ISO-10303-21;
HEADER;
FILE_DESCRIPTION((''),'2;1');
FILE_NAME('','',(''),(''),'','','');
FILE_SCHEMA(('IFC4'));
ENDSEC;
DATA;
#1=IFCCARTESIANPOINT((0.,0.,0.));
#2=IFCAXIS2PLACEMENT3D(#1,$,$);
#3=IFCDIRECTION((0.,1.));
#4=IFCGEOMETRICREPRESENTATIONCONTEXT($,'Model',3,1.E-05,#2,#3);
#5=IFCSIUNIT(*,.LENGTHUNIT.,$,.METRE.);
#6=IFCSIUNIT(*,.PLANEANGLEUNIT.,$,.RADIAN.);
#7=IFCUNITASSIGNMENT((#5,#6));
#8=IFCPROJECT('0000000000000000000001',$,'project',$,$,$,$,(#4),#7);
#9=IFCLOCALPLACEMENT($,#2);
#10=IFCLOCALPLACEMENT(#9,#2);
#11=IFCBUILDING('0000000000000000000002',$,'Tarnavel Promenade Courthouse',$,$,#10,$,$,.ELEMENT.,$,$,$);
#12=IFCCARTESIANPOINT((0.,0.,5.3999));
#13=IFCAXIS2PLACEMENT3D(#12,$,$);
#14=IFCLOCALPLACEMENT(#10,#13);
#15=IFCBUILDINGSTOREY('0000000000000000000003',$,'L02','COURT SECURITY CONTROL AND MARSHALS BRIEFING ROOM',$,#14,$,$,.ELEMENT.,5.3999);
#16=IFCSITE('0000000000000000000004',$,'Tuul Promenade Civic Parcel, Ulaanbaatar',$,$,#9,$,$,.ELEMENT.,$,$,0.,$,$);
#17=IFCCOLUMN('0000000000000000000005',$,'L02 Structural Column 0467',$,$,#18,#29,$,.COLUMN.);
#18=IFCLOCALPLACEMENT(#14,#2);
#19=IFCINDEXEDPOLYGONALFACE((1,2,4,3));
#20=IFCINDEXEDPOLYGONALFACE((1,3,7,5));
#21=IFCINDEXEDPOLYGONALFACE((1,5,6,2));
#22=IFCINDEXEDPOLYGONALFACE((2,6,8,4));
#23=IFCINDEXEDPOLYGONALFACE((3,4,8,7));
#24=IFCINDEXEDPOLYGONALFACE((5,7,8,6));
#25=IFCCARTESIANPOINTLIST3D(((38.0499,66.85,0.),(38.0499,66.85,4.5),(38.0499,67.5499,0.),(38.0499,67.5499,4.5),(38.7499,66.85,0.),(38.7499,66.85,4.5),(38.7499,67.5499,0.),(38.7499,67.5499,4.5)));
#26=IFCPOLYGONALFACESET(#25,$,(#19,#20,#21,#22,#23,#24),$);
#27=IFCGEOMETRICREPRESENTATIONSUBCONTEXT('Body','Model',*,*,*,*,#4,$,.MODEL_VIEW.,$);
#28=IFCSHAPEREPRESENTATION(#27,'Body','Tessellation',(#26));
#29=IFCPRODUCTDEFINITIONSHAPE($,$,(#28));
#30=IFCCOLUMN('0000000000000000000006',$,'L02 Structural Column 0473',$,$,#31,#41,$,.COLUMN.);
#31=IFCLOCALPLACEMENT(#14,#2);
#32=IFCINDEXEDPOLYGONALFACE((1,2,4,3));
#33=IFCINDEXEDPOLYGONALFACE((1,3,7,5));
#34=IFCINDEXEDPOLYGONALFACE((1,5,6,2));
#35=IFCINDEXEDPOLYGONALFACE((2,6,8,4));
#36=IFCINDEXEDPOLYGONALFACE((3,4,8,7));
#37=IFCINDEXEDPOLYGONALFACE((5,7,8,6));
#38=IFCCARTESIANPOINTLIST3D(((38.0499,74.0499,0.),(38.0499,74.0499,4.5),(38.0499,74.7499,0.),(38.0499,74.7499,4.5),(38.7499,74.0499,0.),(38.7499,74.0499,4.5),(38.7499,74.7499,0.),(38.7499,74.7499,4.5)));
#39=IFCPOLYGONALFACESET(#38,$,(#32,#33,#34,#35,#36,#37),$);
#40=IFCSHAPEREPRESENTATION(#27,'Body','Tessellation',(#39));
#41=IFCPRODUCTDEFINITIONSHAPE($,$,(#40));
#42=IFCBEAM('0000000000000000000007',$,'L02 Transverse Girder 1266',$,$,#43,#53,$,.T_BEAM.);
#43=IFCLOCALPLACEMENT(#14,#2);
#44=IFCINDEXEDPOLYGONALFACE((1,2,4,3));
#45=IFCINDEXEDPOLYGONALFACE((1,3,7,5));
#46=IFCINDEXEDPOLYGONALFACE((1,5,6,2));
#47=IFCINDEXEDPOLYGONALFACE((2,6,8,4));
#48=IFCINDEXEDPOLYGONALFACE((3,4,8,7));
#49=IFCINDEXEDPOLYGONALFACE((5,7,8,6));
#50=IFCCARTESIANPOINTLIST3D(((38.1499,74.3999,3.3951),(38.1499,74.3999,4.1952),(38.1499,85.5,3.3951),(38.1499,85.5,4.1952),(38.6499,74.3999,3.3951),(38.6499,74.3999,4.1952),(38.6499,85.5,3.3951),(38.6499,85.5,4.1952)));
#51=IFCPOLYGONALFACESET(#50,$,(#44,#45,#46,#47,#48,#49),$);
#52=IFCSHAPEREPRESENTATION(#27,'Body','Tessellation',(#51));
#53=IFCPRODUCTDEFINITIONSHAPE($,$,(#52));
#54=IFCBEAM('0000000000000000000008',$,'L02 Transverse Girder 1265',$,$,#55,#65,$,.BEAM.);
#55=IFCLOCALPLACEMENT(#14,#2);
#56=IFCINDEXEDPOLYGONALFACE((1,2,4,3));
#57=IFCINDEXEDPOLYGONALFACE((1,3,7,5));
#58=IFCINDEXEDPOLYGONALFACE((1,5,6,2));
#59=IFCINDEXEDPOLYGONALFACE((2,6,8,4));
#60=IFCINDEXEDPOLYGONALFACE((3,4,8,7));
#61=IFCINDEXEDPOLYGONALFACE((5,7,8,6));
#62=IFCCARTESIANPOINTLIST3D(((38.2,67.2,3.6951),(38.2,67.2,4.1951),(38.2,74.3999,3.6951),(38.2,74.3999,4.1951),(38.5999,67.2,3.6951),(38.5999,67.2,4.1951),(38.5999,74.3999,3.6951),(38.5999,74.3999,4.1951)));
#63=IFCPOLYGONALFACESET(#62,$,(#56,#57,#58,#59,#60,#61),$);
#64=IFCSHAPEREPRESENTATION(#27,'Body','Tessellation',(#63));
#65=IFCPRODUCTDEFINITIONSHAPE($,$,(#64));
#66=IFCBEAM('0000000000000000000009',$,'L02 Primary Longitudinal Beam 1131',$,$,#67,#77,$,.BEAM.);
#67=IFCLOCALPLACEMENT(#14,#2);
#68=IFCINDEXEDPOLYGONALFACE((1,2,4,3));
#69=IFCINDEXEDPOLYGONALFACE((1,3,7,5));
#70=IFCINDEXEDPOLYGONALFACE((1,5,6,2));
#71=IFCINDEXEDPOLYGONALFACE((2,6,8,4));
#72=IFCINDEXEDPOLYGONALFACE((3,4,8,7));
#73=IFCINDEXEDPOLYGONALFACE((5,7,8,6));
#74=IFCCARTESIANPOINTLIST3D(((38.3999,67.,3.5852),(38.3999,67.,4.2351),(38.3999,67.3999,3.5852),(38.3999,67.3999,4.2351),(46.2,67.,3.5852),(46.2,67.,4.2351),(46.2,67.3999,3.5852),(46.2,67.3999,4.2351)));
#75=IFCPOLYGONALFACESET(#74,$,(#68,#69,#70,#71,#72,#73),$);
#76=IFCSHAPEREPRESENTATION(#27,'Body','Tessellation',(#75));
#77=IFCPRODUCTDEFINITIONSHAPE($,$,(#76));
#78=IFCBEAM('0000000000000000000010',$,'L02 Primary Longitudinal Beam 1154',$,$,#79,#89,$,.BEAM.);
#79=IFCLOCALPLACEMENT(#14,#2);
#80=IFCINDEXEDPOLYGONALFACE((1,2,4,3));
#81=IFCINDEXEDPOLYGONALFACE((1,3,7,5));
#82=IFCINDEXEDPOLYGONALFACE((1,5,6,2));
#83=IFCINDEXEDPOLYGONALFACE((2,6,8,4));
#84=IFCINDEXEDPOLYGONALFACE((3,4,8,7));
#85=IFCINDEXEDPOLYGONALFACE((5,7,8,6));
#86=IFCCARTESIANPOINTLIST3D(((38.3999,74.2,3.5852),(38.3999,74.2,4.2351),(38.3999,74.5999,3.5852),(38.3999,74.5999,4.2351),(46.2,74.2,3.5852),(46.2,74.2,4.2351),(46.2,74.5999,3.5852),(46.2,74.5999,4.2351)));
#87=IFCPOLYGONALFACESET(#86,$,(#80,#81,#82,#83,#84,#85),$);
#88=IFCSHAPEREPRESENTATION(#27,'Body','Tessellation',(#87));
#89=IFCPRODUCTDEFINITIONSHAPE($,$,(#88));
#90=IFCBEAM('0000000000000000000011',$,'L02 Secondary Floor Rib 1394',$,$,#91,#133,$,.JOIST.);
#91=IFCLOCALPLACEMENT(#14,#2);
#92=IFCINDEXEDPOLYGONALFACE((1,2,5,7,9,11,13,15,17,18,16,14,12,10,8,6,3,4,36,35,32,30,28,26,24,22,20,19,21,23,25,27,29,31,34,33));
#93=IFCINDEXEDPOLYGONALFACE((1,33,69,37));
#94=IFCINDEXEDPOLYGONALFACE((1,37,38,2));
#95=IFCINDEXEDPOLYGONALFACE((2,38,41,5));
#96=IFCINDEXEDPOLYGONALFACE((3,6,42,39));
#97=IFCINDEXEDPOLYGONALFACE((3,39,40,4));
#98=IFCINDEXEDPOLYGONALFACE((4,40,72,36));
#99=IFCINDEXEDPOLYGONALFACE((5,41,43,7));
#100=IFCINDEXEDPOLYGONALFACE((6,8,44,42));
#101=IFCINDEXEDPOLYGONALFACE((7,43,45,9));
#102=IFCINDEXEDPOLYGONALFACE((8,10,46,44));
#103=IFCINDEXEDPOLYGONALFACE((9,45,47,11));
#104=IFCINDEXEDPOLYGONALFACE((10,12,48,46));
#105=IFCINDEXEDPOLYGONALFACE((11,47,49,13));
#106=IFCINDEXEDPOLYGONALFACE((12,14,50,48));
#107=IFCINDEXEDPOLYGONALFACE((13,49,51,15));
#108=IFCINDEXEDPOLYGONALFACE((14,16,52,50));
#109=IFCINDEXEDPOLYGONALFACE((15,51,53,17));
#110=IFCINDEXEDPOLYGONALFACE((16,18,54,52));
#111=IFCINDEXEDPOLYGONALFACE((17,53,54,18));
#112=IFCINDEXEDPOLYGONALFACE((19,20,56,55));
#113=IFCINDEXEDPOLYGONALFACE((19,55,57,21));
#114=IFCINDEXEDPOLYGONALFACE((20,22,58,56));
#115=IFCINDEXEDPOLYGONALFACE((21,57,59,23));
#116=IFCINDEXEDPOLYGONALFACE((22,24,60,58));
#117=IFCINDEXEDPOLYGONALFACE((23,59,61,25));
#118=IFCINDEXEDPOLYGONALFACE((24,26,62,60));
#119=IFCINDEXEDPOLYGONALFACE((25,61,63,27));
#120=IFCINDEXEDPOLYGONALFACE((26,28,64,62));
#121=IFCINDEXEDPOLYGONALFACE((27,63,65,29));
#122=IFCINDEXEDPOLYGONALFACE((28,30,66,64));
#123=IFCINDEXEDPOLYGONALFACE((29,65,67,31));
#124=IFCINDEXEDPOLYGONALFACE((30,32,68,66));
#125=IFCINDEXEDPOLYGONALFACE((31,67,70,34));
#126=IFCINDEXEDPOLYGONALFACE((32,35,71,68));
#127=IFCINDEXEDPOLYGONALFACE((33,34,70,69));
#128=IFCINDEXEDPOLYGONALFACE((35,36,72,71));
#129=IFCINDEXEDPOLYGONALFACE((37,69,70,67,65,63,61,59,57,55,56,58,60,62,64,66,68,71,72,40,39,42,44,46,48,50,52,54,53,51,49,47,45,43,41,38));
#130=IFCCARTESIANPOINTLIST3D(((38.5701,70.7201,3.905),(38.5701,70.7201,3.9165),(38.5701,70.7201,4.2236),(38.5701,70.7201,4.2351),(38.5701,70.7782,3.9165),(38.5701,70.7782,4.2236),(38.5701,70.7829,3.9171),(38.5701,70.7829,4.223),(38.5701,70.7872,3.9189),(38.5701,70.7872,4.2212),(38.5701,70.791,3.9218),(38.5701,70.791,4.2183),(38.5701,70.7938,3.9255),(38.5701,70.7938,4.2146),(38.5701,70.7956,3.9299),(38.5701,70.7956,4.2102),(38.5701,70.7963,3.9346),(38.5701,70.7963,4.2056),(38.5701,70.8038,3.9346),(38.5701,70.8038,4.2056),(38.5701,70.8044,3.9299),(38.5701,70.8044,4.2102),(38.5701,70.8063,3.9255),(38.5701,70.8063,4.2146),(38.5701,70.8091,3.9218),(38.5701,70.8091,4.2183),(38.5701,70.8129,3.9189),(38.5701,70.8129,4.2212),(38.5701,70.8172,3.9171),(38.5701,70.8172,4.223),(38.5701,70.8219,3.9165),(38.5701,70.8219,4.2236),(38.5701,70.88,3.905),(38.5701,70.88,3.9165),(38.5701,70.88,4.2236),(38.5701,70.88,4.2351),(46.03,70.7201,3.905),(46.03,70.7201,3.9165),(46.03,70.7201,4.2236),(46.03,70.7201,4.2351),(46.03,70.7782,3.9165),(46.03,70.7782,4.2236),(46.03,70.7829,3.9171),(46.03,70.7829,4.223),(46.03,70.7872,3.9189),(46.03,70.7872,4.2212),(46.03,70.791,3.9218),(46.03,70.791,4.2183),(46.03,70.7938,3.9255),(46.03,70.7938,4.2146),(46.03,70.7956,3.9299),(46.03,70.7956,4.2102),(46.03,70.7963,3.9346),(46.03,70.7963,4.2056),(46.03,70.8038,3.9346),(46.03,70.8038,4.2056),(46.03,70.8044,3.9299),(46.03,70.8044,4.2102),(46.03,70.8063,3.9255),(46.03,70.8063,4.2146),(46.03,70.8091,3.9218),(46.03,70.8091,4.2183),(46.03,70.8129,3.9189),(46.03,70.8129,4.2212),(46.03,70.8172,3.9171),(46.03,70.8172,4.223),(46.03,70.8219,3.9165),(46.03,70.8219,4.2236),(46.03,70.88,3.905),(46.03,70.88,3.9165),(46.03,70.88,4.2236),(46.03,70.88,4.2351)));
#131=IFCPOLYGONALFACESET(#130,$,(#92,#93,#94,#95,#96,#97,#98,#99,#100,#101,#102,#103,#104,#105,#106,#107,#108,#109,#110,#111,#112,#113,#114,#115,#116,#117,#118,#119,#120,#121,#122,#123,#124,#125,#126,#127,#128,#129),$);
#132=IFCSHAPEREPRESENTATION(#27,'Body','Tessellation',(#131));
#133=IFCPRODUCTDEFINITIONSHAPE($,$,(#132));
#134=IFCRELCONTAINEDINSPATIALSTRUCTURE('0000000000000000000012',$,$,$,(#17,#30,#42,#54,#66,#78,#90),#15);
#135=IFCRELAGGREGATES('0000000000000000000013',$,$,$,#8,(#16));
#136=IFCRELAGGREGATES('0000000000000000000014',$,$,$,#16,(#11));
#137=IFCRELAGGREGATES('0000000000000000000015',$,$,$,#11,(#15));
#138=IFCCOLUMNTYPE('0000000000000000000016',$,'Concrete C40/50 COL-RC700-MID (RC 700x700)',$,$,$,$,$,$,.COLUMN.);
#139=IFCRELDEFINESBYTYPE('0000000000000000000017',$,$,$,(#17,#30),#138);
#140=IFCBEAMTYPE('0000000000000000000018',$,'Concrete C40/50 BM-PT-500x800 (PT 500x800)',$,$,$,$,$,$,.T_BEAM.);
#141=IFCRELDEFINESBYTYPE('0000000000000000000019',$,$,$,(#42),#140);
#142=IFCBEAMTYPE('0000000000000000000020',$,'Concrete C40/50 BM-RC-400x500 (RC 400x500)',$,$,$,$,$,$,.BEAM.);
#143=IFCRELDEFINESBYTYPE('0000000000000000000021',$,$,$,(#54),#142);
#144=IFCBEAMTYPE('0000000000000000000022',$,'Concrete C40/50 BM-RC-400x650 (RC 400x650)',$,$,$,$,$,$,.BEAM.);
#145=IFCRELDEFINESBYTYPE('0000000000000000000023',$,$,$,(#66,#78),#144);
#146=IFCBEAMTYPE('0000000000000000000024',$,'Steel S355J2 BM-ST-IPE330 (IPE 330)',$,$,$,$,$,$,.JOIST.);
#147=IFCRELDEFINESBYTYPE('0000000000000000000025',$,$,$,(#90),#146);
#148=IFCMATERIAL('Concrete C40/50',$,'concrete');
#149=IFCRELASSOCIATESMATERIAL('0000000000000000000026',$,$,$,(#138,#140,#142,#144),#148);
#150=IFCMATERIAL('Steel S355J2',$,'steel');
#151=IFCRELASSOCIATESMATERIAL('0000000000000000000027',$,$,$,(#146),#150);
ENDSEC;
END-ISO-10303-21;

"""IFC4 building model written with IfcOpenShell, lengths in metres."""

from ifc_helpers import new_model, si_unit, direction, frame, origin, origin_2d, place, context, subcontext, project, spatial, rectangle, i_section, extrude, material, material_profile, profile_set, type_object, element, save


model = new_model("IFC4")

# Units and contexts
model_context = context("Model", 3, precision=1e-05, world=origin(), true_north=direction((0.0, 1.0)))
body_context = subcontext(model_context, "Body", "Model", "MODEL_VIEW")
ifc_project = project(units=[si_unit("LENGTHUNIT", "METRE"), si_unit("PLANEANGLEUNIT", "RADIAN")], contexts=[model_context])

# Site, building, storey
site_placement = place(None, origin())
site = spatial("IfcSite", under=ifc_project, at=site_placement, Name="Tuul Promenade Civic Parcel, Ulaanbaatar", CompositionType="ELEMENT", RefElevation=0.0)
building_placement = place(site_placement, origin())
building = spatial("IfcBuilding", under=site, at=building_placement, Name="Tarnavel Promenade Courthouse", CompositionType="ELEMENT")
storey_placement = place(building_placement, frame((0.0, 0.0, 5.3999)))
storey = spatial("IfcBuildingStorey", under=building, at=storey_placement, Name="L02", Description="COURT SECURITY CONTROL AND MARSHALS BRIEFING ROOM", CompositionType="ELEMENT", Elevation=5.3999)

# Columns
ifc_material_1 = material(Name="Concrete C40/50", Category="concrete")
ifc_material_profile_1 = material_profile(ifc_material_1, rectangle(XDim=0.7, YDim=0.7, at=origin_2d()), Name="RC 700x700")
ifc_profile_set_1 = profile_set([ifc_material_profile_1], Name="Concrete C40/50")
column_type = type_object("IfcColumnType", Name="Concrete C40/50 COL-RC700-MID (RC 700x700)", PredefinedType="COLUMN", material=ifc_profile_set_1)
for number, where, z_axis, x_axis, name in (
    (1, (38.3999, 67.2, 0.0), (0.0, 0.0, 1.0), (1.0, 0.0, 0.0), "L02 Structural Column 0467"),
    (2, (38.3999, 74.3999, 0.0), (0.0, 0.0, 1.0), (1.0, 0.0, 0.0), "L02 Structural Column 0473"),
):
    element("IfcColumn", number, at=place(storey_placement, frame(where, z_axis=z_axis, x_axis=x_axis)), inside=storey, type_object=column_type, Name=name, PredefinedType="COLUMN", context=body_context, shape_type="SweptSolid", body=[
        extrude(rectangle(XDim=0.7, YDim=0.7, at=origin_2d()), origin(), (0.0, 0.0, 1.0), 4.5),
    ])

# Beams
ifc_material_profile_2 = material_profile(ifc_material_1, rectangle(XDim=0.5, YDim=0.8, at=origin_2d()), Name="PT 500x800")
ifc_profile_set_2 = profile_set([ifc_material_profile_2], Name="Concrete C40/50")
beam_type_1 = type_object("IfcBeamType", Name="Concrete C40/50 BM-PT-500x800 (PT 500x800)", PredefinedType="T_BEAM", material=ifc_profile_set_2)
beam_1_placement = place(storey_placement, frame((38.3999, 74.3999, 3.7952), z_axis=(0.0, 1.0, 0.0), x_axis=(-1.0, 0.0, 0.0)))
element("IfcBeam", 3, at=beam_1_placement, inside=storey, type_object=beam_type_1, Name="L02 Transverse Girder 1266", PredefinedType="T_BEAM", context=body_context, shape_type="SweptSolid", body=[
    extrude(rectangle(XDim=0.5, YDim=0.8, at=origin_2d()), origin(), (0.0, 0.0, 1.0), 11.1001),
])
ifc_material_profile_3 = material_profile(ifc_material_1, rectangle(XDim=0.3999, YDim=0.5, at=origin_2d()), Name="RC 400x500")
ifc_profile_set_3 = profile_set([ifc_material_profile_3], Name="Concrete C40/50")
beam_type_2 = type_object("IfcBeamType", Name="Concrete C40/50 BM-RC-400x500 (RC 400x500)", PredefinedType="BEAM", material=ifc_profile_set_3)
beam_2_placement = place(storey_placement, frame((38.3999, 67.2, 3.9451), z_axis=(0.0, 1.0, 0.0), x_axis=(-1.0, 0.0, 0.0)))
element("IfcBeam", 4, at=beam_2_placement, inside=storey, type_object=beam_type_2, Name="L02 Transverse Girder 1265", PredefinedType="BEAM", context=body_context, shape_type="SweptSolid", body=[
    extrude(rectangle(XDim=0.3999, YDim=0.5, at=origin_2d()), origin(), (0.0, 0.0, 1.0), 7.2),
])
ifc_material_profile_4 = material_profile(ifc_material_1, rectangle(XDim=0.3999, YDim=0.6499, at=origin_2d()), Name="RC 400x650")
ifc_profile_set_4 = profile_set([ifc_material_profile_4], Name="Concrete C40/50")
beam_type_3 = type_object("IfcBeamType", Name="Concrete C40/50 BM-RC-400x650 (RC 400x650)", PredefinedType="BEAM", material=ifc_profile_set_4)
for number, where, z_axis, x_axis, name in (
    (5, (38.3999, 67.2, 3.9102), (1.0, 0.0, 0.0), (0.0, 1.0, 0.0), "L02 Primary Longitudinal Beam 1131"),
    (6, (38.3999, 74.3999, 3.9102), (1.0, 0.0, 0.0), (0.0, 1.0, 0.0), "L02 Primary Longitudinal Beam 1154"),
):
    element("IfcBeam", number, at=place(storey_placement, frame(where, z_axis=z_axis, x_axis=x_axis)), inside=storey, type_object=beam_type_3, Name=name, PredefinedType="BEAM", context=body_context, shape_type="SweptSolid", body=[
        extrude(rectangle(XDim=0.3999, YDim=0.6499, at=origin_2d()), origin(), (0.0, 0.0, 1.0), 7.8),
    ])
ifc_material_2 = material(Name="Steel S355J2", Category="steel")
ifc_material_profile_5 = material_profile(ifc_material_2, i_section(OverallWidth=0.1599, OverallDepth=0.3301, WebThickness=0.0076, FlangeThickness=0.0115, FilletRadius=0.0181, at=origin_2d()), Name="IPE 330")
ifc_profile_set_5 = profile_set([ifc_material_profile_5], Name="Steel S355J2")
beam_type_4 = type_object("IfcBeamType", Name="Steel S355J2 BM-ST-IPE330 (IPE 330)", PredefinedType="JOIST", material=ifc_profile_set_5)
beam_3_placement = place(storey_placement, frame((38.5701, 70.8, 4.0701), z_axis=(1.0, 0.0, 0.0), x_axis=(0.0, 1.0, 0.0)))
element("IfcBeam", 7, at=beam_3_placement, inside=storey, type_object=beam_type_4, Name="L02 Secondary Floor Rib 1394", PredefinedType="JOIST", context=body_context, shape_type="SweptSolid", body=[
    extrude(i_section(OverallWidth=0.1599, OverallDepth=0.3301, WebThickness=0.0076, FlangeThickness=0.0115, FilletRadius=0.0181, at=origin_2d()), origin(), (0.0, 0.0, 1.0), 7.46),
])

save(model, "model.ifc")
